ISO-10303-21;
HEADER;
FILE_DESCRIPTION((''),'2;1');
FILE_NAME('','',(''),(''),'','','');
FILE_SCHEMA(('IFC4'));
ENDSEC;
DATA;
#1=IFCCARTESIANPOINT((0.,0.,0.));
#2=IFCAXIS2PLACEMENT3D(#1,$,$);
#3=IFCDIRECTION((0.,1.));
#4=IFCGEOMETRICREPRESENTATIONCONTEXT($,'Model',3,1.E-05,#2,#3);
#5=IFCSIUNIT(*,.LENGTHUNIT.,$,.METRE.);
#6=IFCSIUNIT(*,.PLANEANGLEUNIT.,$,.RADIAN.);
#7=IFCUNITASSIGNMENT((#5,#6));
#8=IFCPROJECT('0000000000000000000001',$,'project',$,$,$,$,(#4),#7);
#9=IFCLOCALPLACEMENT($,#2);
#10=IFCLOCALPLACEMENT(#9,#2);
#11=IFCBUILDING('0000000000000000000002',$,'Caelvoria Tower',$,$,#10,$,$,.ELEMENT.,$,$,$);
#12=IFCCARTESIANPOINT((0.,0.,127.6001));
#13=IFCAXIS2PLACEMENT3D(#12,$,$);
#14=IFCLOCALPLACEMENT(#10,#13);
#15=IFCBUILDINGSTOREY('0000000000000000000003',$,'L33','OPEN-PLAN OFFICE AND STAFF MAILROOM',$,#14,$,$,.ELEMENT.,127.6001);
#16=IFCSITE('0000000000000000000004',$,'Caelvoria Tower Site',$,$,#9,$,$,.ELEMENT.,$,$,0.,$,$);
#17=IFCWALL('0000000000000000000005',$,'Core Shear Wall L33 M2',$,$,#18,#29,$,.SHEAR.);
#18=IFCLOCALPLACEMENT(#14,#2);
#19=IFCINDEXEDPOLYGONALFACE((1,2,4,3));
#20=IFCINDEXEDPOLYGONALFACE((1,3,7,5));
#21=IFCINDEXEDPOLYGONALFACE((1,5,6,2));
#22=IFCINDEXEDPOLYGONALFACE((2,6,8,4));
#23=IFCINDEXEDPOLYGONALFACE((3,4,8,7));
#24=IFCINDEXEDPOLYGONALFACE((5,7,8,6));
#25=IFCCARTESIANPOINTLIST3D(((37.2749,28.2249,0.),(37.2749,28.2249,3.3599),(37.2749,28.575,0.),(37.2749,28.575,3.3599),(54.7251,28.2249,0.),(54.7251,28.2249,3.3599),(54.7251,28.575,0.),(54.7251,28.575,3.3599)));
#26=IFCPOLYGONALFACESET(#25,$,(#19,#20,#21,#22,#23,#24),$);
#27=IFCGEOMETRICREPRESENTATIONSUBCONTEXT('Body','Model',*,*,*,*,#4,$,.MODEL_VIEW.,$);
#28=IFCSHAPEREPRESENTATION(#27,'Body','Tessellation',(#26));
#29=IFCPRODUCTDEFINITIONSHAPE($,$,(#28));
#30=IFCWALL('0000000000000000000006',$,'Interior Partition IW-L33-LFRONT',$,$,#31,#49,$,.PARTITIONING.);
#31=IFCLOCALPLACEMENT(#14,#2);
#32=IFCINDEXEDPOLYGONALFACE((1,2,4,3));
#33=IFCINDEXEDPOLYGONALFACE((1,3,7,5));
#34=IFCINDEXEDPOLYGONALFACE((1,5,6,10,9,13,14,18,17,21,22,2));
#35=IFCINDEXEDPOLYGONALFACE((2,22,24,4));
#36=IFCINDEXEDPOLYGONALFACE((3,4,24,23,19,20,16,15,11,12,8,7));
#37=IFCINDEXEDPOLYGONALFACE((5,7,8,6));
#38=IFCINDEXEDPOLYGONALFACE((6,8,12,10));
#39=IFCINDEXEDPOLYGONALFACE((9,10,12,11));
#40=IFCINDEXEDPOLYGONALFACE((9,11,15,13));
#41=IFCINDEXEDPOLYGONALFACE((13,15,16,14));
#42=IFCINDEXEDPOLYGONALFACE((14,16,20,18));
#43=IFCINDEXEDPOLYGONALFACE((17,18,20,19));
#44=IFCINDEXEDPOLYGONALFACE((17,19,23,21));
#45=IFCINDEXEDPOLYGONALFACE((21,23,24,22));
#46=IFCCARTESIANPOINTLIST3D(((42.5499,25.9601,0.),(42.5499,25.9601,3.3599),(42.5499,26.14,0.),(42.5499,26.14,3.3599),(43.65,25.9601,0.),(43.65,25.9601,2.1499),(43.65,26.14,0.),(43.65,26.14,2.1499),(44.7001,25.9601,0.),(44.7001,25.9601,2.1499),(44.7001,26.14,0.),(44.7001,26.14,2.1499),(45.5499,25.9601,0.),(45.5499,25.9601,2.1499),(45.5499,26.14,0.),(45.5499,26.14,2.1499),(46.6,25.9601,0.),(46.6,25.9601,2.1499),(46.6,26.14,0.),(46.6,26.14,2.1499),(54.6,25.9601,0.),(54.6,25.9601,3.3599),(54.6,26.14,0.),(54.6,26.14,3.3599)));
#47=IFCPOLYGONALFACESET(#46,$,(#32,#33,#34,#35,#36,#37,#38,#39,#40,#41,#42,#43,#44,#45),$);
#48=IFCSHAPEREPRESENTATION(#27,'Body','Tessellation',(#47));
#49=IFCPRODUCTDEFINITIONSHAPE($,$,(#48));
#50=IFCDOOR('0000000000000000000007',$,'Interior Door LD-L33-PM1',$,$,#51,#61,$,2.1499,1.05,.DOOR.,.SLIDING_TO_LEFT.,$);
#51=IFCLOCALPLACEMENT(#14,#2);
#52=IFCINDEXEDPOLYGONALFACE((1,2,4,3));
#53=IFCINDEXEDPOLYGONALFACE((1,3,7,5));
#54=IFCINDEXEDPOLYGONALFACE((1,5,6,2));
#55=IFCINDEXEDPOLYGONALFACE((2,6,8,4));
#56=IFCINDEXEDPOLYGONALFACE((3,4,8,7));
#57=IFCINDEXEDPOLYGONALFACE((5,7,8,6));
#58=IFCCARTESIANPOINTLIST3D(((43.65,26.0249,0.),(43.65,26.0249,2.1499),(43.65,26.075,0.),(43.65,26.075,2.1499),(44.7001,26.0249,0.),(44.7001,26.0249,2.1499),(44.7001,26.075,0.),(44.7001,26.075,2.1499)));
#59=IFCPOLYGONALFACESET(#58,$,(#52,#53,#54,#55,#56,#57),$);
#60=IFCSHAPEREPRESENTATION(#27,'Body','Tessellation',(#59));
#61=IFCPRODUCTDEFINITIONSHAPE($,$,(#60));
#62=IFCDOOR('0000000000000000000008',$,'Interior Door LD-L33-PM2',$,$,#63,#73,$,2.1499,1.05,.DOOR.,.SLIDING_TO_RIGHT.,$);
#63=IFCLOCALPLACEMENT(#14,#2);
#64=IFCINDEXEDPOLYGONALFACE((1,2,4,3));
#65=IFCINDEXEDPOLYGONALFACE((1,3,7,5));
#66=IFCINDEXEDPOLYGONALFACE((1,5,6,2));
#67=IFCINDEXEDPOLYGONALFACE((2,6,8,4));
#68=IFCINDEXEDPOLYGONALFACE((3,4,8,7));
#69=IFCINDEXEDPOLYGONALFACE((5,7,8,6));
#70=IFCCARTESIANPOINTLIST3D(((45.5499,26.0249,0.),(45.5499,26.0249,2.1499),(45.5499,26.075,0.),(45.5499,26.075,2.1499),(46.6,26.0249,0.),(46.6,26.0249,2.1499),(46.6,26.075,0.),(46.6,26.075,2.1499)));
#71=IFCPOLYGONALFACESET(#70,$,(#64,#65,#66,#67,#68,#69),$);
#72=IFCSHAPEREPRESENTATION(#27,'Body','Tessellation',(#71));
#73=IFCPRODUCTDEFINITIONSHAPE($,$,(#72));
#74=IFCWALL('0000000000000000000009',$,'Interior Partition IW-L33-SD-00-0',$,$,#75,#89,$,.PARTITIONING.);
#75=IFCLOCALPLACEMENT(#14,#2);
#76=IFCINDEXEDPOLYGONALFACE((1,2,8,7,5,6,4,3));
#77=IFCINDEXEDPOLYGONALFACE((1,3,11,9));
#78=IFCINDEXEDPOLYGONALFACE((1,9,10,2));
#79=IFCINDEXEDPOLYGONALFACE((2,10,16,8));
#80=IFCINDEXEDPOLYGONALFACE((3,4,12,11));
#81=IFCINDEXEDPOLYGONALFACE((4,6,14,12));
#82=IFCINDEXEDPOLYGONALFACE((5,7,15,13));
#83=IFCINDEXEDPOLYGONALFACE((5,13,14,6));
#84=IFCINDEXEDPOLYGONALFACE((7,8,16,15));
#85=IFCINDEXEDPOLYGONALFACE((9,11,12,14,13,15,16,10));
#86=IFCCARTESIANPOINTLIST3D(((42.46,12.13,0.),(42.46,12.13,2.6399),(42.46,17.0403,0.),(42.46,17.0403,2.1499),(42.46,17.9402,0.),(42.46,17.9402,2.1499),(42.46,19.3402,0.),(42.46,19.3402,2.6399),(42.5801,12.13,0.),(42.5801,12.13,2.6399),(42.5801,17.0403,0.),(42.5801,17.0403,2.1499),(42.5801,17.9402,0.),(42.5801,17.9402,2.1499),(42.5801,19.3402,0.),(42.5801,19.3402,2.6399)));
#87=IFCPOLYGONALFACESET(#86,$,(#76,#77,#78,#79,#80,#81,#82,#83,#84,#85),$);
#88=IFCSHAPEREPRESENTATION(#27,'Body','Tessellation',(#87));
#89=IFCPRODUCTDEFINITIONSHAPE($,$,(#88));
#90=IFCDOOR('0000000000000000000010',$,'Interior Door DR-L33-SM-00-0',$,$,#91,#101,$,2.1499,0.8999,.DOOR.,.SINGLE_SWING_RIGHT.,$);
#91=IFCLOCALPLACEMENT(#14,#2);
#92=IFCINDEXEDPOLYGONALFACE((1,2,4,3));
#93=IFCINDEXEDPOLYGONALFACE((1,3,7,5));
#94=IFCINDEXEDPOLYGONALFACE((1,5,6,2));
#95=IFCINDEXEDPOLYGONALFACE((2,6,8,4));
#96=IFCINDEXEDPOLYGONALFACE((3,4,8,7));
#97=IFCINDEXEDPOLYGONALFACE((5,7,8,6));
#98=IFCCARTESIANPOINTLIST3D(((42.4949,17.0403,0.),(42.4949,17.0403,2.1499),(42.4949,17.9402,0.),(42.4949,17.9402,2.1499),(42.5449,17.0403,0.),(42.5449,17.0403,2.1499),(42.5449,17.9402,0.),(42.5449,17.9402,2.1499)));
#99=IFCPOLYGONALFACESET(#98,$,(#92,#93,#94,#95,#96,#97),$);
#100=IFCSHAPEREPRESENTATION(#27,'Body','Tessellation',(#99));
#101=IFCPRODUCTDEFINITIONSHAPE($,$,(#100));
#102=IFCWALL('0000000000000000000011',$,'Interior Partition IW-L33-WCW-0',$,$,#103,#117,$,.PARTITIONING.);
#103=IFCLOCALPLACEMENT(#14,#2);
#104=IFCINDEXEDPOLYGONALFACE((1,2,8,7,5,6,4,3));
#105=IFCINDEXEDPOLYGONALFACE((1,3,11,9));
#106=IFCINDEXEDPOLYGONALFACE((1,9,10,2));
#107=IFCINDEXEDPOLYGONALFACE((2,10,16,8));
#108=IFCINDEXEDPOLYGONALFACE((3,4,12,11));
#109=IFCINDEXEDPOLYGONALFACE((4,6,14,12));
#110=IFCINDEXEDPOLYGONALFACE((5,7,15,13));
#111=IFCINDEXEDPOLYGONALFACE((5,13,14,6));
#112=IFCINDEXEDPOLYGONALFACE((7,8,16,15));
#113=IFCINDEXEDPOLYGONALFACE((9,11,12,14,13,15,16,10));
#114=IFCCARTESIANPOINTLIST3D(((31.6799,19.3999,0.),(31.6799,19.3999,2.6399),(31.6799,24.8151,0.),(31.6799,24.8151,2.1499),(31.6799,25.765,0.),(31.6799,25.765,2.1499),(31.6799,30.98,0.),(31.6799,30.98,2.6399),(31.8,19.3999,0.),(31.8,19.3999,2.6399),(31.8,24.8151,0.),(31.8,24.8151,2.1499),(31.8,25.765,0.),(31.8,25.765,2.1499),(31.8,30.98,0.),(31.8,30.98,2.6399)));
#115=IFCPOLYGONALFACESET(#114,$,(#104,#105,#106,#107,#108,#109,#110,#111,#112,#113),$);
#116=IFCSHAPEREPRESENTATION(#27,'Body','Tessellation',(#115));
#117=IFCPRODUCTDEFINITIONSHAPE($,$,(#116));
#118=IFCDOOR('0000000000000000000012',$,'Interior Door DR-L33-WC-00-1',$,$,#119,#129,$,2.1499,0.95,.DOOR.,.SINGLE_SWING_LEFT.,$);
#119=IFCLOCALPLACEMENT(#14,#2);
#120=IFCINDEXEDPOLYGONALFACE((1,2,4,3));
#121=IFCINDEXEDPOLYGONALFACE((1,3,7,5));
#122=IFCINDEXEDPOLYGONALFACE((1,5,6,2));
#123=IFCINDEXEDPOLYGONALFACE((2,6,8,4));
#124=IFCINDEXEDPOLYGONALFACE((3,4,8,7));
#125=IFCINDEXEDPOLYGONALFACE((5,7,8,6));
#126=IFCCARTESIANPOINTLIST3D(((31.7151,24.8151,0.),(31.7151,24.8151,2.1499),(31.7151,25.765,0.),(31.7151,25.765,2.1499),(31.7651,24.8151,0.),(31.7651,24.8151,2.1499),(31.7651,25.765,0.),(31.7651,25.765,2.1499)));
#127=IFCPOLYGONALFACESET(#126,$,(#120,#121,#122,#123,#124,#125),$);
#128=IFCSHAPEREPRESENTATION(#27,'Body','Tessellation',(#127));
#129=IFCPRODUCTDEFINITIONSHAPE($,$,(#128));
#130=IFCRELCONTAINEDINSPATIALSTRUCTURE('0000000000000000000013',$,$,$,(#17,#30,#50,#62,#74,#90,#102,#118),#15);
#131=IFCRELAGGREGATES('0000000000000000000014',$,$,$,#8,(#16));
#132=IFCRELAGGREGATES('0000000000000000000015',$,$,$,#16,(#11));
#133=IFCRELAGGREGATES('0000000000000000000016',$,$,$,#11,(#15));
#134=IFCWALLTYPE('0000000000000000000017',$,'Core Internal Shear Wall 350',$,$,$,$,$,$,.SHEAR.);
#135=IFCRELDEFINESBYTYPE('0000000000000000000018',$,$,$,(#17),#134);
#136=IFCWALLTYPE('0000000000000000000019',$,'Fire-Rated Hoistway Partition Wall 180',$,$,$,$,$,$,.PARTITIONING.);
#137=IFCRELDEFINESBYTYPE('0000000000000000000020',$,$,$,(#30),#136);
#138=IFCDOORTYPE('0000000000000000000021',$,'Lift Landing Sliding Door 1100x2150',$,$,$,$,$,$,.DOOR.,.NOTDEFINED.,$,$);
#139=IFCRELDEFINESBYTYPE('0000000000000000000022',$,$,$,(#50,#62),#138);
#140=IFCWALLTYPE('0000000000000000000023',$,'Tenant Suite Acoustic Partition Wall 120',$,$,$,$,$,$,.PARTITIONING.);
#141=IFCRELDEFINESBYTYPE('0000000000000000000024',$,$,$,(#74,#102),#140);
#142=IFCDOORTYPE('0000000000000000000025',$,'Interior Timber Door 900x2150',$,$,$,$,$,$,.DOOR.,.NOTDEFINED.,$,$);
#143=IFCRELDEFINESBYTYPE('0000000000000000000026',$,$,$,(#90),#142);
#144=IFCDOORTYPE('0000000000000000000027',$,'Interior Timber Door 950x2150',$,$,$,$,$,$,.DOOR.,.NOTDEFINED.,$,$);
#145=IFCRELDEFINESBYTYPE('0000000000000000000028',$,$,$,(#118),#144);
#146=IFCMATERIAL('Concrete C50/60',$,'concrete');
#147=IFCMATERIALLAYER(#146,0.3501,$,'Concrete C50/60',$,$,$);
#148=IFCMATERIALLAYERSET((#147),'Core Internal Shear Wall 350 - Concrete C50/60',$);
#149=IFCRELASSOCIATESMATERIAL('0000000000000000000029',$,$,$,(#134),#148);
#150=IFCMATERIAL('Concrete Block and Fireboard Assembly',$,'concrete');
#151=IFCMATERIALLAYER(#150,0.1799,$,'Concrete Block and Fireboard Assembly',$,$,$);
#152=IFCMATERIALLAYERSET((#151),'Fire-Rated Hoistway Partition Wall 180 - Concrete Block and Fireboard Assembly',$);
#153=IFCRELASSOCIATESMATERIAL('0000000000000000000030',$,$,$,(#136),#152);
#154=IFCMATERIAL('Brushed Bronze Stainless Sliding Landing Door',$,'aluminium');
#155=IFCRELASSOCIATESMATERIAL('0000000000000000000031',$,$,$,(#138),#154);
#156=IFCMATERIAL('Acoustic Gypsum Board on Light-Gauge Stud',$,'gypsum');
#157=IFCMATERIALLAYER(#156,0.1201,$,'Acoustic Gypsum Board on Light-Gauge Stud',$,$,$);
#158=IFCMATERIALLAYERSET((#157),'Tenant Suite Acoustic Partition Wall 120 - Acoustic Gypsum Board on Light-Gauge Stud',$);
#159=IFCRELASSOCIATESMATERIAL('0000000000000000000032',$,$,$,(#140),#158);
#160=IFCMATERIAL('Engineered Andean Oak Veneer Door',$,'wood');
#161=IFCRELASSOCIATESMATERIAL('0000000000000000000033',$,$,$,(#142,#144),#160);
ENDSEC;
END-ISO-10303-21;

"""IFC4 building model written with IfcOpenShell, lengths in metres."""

from ifc_helpers import new_model, si_unit, direction, frame, frame_2d, origin, place, context, subcontext, project, spatial, rectangle, extrude, material, layer, layer_set, type_object, element, fill, save


model = new_model("IFC4")

# Units and contexts
model_context = context("Model", 3, precision=1e-05, world=origin(), true_north=direction((0.0, 1.0)))
body_context = subcontext(model_context, "Body", "Model", "MODEL_VIEW")
ifc_project = project(units=[si_unit("LENGTHUNIT", "METRE"), si_unit("PLANEANGLEUNIT", "RADIAN")], contexts=[model_context])

# Site, building, storey
site_placement = place(None, origin())
site = spatial("IfcSite", under=ifc_project, at=site_placement, Name="Caelvoria Tower Site", CompositionType="ELEMENT", RefElevation=0.0)
building_placement = place(site_placement, origin())
building = spatial("IfcBuilding", under=site, at=building_placement, Name="Caelvoria Tower", CompositionType="ELEMENT")
storey_placement = place(building_placement, frame((0.0, 0.0, 127.6001)))
storey = spatial("IfcBuildingStorey", under=building, at=storey_placement, Name="L33", Description="OPEN-PLAN OFFICE AND STAFF MAILROOM", CompositionType="ELEMENT", Elevation=127.6001)

# Shared definitions
ifc_material_1 = material(Name="Concrete C50/60", Category="concrete")
ifc_layer_1 = layer(ifc_material_1, 0.3501, Name="Concrete C50/60")
ifc_layer_set_1 = layer_set([ifc_layer_1], Name="Core Internal Shear Wall 350 - Concrete C50/60")
wall_type_1 = type_object("IfcWallType", Name="Core Internal Shear Wall 350", PredefinedType="SHEAR", material=ifc_layer_set_1)

# Wall
wall_1_placement = place(storey_placement, frame((37.2749, 28.3999, 0.0), z_axis=(0.0, 0.0, 1.0), x_axis=(1.0, 0.0, 0.0)))
element("IfcWall", 1, at=wall_1_placement, inside=storey, type_object=wall_type_1, Name="Core Shear Wall L33 M2", PredefinedType="SHEAR", context=body_context, shape_type="SweptSolid", body=[
    extrude(rectangle(XDim=17.4502, YDim=0.3501, at=frame_2d((8.7251, 0.0))), origin(), (0.0, 0.0, 1.0), 3.3599),
])

# Wall, openings, doors
ifc_material_2 = material(Name="Concrete Block and Fireboard Assembly", Category="concrete")
ifc_layer_2 = layer(ifc_material_2, 0.1799, Name="Concrete Block and Fireboard Assembly")
ifc_layer_set_2 = layer_set([ifc_layer_2], Name="Fire-Rated Hoistway Partition Wall 180 - Concrete Block and Fireboard Assembly")
wall_type_2 = type_object("IfcWallType", Name="Fire-Rated Hoistway Partition Wall 180", PredefinedType="PARTITIONING", material=ifc_layer_set_2)
wall_2_placement = place(storey_placement, frame((42.55, 26.05, 0.0), z_axis=(0.0, 0.0, 1.0), x_axis=(1.0, 0.0, 0.0)))
wall_2 = element("IfcWall", 2, at=wall_2_placement, inside=storey, type_object=wall_type_2, Name="Interior Partition IW-L33-LFRONT", PredefinedType="PARTITIONING", context=body_context, shape_type="SweptSolid", body=[
    extrude(rectangle(XDim=12.05, YDim=0.1799, at=frame_2d((6.0249, 0.0))), origin(), (0.0, 0.0, 1.0), 3.3599),
])
opening_1_placement = place(wall_2_placement, frame((1.1001, 0.0, 0.0)))
opening_1 = element("IfcOpeningElement", 3, at=opening_1_placement, cuts=wall_2, PredefinedType="OPENING", context=body_context, shape_type="SweptSolid", body=[
    extrude(rectangle(XDim=1.05, YDim=2.1499, at=frame_2d((0.5249, 1.075))), frame((0.0, 0.0999, 0.0), z_axis=(0.0, -1.0, 0.0), x_axis=(1.0, 0.0, 0.0)), (0.0, 0.0, 1.0), 0.2),
])
opening_2_placement = place(wall_2_placement, frame((3.0, 0.0, 0.0)))
opening_2 = element("IfcOpeningElement", 4, at=opening_2_placement, cuts=wall_2, PredefinedType="OPENING", context=body_context, shape_type="SweptSolid", body=[
    extrude(rectangle(XDim=1.05, YDim=2.1499, at=frame_2d((0.5249, 1.075))), frame((0.0, 0.0999, 0.0), z_axis=(0.0, -1.0, 0.0), x_axis=(1.0, 0.0, 0.0)), (0.0, 0.0, 1.0), 0.2),
])
ifc_material_3 = material(Name="Brushed Bronze Stainless Sliding Landing Door", Category="aluminium")
door_type_1 = type_object("IfcDoorType", Name="Lift Landing Sliding Door 1100x2150", OperationType="NOTDEFINED", PredefinedType="DOOR", material=ifc_material_3)
door_1_placement = place(opening_1_placement, origin())
door_1 = element("IfcDoor", 5, at=door_1_placement, inside=storey, type_object=door_type_1, Name="Interior Door LD-L33-PM1", OperationType="SLIDING_TO_LEFT", OverallHeight=2.1499, OverallWidth=1.05, PredefinedType="DOOR", context=body_context, shape_type="SweptSolid", body=[
    extrude(rectangle(XDim=1.05, YDim=2.1499, at=frame_2d((0.5249, 1.075))), frame((0.0, 0.0249, 0.0), z_axis=(0.0, -1.0, 0.0), x_axis=(1.0, 0.0, 0.0)), (0.0, 0.0, 1.0), 0.05),
])
fill(opening_1, door_1)
door_2_placement = place(opening_2_placement, origin())
door_2 = element("IfcDoor", 6, at=door_2_placement, inside=storey, type_object=door_type_1, Name="Interior Door LD-L33-PM2", OperationType="SLIDING_TO_RIGHT", OverallHeight=2.1499, OverallWidth=1.05, PredefinedType="DOOR", context=body_context, shape_type="SweptSolid", body=[
    extrude(rectangle(XDim=1.05, YDim=2.1499, at=frame_2d((0.5249, 1.075))), frame((0.0, 0.0249, 0.0), z_axis=(0.0, -1.0, 0.0), x_axis=(1.0, 0.0, 0.0)), (0.0, 0.0, 1.0), 0.05),
])
fill(opening_2, door_2)

# Walls, openings, doors
ifc_material_4 = material(Name="Acoustic Gypsum Board on Light-Gauge Stud", Category="gypsum")
ifc_layer_3 = layer(ifc_material_4, 0.1201, Name="Acoustic Gypsum Board on Light-Gauge Stud")
ifc_layer_set_3 = layer_set([ifc_layer_3], Name="Tenant Suite Acoustic Partition Wall 120 - Acoustic Gypsum Board on Light-Gauge Stud")
wall_type_3 = type_object("IfcWallType", Name="Tenant Suite Acoustic Partition Wall 120", PredefinedType="PARTITIONING", material=ifc_layer_set_3)
wall_3_placement = place(storey_placement, frame((42.52, 19.3401, 0.0), z_axis=(0.0, 0.0, 1.0), x_axis=(0.0, -1.0, 0.0)))
wall_3 = element("IfcWall", 7, at=wall_3_placement, inside=storey, type_object=wall_type_3, Name="Interior Partition IW-L33-SD-00-0", PredefinedType="PARTITIONING", context=body_context, shape_type="SweptSolid", body=[
    extrude(rectangle(XDim=7.2102, YDim=0.1201, at=frame_2d((3.605, 0.0))), origin(), (0.0, 0.0, 1.0), 2.6399),
])
opening_3_placement = place(wall_3_placement, frame((1.3999, 0.0, 0.0)))
opening_3 = element("IfcOpeningElement", 8, at=opening_3_placement, cuts=wall_3, PredefinedType="OPENING", context=body_context, shape_type="SweptSolid", body=[
    extrude(rectangle(XDim=0.8999, YDim=2.1499, at=frame_2d((0.45, 1.075))), frame((0.0, 0.0701, 0.0), z_axis=(0.0, -1.0, 0.0), x_axis=(1.0, 0.0, 0.0)), (0.0, 0.0, 1.0), 0.1401),
])
ifc_material_5 = material(Name="Engineered Andean Oak Veneer Door", Category="wood")
door_type_2 = type_object("IfcDoorType", Name="Interior Timber Door 900x2150", OperationType="NOTDEFINED", PredefinedType="DOOR", material=ifc_material_5)
door_3_placement = place(opening_3_placement, origin())
door_3 = element("IfcDoor", 9, at=door_3_placement, inside=storey, type_object=door_type_2, Name="Interior Door DR-L33-SM-00-0", OperationType="SINGLE_SWING_RIGHT", OverallHeight=2.1499, OverallWidth=0.8999, PredefinedType="DOOR", context=body_context, shape_type="SweptSolid", body=[
    extrude(rectangle(XDim=0.8999, YDim=2.1499, at=frame_2d((0.45, 1.075))), frame((0.0, 0.0249, 0.0), z_axis=(0.0, -1.0, 0.0), x_axis=(1.0, 0.0, 0.0)), (0.0, 0.0, 1.0), 0.05),
])
fill(opening_3, door_3)
wall_4_placement = place(storey_placement, frame((31.74, 19.3999, 0.0), z_axis=(0.0, 0.0, 1.0), x_axis=(0.0, 1.0, 0.0)))
wall_4 = element("IfcWall", 10, at=wall_4_placement, inside=storey, type_object=wall_type_3, Name="Interior Partition IW-L33-WCW-0", PredefinedType="PARTITIONING", context=body_context, shape_type="SweptSolid", body=[
    extrude(rectangle(XDim=11.5801, YDim=0.1201, at=frame_2d((5.79, 0.0))), origin(), (0.0, 0.0, 1.0), 2.6399),
])
opening_4_placement = place(wall_4_placement, frame((5.415, 0.0, 0.0)))
opening_4 = element("IfcOpeningElement", 11, at=opening_4_placement, cuts=wall_4, PredefinedType="OPENING", context=body_context, shape_type="SweptSolid", body=[
    extrude(rectangle(XDim=0.95, YDim=2.1499, at=frame_2d((0.4751, 1.075))), frame((0.0, 0.0701, 0.0), z_axis=(0.0, -1.0, 0.0), x_axis=(1.0, 0.0, 0.0)), (0.0, 0.0, 1.0), 0.1401),
])
door_type_3 = type_object("IfcDoorType", Name="Interior Timber Door 950x2150", OperationType="NOTDEFINED", PredefinedType="DOOR", material=ifc_material_5)
door_4_placement = place(opening_4_placement, origin())
door_4 = element("IfcDoor", 12, at=door_4_placement, inside=storey, type_object=door_type_3, Name="Interior Door DR-L33-WC-00-1", OperationType="SINGLE_SWING_LEFT", OverallHeight=2.1499, OverallWidth=0.95, PredefinedType="DOOR", context=body_context, shape_type="SweptSolid", body=[
    extrude(rectangle(XDim=0.95, YDim=2.1499, at=frame_2d((0.4751, 1.075))), frame((0.0, 0.0249, 0.0), z_axis=(0.0, -1.0, 0.0), x_axis=(1.0, 0.0, 0.0)), (0.0, 0.0, 1.0), 0.05),
])
fill(opening_4, door_4)

save(model, "model.ifc")
